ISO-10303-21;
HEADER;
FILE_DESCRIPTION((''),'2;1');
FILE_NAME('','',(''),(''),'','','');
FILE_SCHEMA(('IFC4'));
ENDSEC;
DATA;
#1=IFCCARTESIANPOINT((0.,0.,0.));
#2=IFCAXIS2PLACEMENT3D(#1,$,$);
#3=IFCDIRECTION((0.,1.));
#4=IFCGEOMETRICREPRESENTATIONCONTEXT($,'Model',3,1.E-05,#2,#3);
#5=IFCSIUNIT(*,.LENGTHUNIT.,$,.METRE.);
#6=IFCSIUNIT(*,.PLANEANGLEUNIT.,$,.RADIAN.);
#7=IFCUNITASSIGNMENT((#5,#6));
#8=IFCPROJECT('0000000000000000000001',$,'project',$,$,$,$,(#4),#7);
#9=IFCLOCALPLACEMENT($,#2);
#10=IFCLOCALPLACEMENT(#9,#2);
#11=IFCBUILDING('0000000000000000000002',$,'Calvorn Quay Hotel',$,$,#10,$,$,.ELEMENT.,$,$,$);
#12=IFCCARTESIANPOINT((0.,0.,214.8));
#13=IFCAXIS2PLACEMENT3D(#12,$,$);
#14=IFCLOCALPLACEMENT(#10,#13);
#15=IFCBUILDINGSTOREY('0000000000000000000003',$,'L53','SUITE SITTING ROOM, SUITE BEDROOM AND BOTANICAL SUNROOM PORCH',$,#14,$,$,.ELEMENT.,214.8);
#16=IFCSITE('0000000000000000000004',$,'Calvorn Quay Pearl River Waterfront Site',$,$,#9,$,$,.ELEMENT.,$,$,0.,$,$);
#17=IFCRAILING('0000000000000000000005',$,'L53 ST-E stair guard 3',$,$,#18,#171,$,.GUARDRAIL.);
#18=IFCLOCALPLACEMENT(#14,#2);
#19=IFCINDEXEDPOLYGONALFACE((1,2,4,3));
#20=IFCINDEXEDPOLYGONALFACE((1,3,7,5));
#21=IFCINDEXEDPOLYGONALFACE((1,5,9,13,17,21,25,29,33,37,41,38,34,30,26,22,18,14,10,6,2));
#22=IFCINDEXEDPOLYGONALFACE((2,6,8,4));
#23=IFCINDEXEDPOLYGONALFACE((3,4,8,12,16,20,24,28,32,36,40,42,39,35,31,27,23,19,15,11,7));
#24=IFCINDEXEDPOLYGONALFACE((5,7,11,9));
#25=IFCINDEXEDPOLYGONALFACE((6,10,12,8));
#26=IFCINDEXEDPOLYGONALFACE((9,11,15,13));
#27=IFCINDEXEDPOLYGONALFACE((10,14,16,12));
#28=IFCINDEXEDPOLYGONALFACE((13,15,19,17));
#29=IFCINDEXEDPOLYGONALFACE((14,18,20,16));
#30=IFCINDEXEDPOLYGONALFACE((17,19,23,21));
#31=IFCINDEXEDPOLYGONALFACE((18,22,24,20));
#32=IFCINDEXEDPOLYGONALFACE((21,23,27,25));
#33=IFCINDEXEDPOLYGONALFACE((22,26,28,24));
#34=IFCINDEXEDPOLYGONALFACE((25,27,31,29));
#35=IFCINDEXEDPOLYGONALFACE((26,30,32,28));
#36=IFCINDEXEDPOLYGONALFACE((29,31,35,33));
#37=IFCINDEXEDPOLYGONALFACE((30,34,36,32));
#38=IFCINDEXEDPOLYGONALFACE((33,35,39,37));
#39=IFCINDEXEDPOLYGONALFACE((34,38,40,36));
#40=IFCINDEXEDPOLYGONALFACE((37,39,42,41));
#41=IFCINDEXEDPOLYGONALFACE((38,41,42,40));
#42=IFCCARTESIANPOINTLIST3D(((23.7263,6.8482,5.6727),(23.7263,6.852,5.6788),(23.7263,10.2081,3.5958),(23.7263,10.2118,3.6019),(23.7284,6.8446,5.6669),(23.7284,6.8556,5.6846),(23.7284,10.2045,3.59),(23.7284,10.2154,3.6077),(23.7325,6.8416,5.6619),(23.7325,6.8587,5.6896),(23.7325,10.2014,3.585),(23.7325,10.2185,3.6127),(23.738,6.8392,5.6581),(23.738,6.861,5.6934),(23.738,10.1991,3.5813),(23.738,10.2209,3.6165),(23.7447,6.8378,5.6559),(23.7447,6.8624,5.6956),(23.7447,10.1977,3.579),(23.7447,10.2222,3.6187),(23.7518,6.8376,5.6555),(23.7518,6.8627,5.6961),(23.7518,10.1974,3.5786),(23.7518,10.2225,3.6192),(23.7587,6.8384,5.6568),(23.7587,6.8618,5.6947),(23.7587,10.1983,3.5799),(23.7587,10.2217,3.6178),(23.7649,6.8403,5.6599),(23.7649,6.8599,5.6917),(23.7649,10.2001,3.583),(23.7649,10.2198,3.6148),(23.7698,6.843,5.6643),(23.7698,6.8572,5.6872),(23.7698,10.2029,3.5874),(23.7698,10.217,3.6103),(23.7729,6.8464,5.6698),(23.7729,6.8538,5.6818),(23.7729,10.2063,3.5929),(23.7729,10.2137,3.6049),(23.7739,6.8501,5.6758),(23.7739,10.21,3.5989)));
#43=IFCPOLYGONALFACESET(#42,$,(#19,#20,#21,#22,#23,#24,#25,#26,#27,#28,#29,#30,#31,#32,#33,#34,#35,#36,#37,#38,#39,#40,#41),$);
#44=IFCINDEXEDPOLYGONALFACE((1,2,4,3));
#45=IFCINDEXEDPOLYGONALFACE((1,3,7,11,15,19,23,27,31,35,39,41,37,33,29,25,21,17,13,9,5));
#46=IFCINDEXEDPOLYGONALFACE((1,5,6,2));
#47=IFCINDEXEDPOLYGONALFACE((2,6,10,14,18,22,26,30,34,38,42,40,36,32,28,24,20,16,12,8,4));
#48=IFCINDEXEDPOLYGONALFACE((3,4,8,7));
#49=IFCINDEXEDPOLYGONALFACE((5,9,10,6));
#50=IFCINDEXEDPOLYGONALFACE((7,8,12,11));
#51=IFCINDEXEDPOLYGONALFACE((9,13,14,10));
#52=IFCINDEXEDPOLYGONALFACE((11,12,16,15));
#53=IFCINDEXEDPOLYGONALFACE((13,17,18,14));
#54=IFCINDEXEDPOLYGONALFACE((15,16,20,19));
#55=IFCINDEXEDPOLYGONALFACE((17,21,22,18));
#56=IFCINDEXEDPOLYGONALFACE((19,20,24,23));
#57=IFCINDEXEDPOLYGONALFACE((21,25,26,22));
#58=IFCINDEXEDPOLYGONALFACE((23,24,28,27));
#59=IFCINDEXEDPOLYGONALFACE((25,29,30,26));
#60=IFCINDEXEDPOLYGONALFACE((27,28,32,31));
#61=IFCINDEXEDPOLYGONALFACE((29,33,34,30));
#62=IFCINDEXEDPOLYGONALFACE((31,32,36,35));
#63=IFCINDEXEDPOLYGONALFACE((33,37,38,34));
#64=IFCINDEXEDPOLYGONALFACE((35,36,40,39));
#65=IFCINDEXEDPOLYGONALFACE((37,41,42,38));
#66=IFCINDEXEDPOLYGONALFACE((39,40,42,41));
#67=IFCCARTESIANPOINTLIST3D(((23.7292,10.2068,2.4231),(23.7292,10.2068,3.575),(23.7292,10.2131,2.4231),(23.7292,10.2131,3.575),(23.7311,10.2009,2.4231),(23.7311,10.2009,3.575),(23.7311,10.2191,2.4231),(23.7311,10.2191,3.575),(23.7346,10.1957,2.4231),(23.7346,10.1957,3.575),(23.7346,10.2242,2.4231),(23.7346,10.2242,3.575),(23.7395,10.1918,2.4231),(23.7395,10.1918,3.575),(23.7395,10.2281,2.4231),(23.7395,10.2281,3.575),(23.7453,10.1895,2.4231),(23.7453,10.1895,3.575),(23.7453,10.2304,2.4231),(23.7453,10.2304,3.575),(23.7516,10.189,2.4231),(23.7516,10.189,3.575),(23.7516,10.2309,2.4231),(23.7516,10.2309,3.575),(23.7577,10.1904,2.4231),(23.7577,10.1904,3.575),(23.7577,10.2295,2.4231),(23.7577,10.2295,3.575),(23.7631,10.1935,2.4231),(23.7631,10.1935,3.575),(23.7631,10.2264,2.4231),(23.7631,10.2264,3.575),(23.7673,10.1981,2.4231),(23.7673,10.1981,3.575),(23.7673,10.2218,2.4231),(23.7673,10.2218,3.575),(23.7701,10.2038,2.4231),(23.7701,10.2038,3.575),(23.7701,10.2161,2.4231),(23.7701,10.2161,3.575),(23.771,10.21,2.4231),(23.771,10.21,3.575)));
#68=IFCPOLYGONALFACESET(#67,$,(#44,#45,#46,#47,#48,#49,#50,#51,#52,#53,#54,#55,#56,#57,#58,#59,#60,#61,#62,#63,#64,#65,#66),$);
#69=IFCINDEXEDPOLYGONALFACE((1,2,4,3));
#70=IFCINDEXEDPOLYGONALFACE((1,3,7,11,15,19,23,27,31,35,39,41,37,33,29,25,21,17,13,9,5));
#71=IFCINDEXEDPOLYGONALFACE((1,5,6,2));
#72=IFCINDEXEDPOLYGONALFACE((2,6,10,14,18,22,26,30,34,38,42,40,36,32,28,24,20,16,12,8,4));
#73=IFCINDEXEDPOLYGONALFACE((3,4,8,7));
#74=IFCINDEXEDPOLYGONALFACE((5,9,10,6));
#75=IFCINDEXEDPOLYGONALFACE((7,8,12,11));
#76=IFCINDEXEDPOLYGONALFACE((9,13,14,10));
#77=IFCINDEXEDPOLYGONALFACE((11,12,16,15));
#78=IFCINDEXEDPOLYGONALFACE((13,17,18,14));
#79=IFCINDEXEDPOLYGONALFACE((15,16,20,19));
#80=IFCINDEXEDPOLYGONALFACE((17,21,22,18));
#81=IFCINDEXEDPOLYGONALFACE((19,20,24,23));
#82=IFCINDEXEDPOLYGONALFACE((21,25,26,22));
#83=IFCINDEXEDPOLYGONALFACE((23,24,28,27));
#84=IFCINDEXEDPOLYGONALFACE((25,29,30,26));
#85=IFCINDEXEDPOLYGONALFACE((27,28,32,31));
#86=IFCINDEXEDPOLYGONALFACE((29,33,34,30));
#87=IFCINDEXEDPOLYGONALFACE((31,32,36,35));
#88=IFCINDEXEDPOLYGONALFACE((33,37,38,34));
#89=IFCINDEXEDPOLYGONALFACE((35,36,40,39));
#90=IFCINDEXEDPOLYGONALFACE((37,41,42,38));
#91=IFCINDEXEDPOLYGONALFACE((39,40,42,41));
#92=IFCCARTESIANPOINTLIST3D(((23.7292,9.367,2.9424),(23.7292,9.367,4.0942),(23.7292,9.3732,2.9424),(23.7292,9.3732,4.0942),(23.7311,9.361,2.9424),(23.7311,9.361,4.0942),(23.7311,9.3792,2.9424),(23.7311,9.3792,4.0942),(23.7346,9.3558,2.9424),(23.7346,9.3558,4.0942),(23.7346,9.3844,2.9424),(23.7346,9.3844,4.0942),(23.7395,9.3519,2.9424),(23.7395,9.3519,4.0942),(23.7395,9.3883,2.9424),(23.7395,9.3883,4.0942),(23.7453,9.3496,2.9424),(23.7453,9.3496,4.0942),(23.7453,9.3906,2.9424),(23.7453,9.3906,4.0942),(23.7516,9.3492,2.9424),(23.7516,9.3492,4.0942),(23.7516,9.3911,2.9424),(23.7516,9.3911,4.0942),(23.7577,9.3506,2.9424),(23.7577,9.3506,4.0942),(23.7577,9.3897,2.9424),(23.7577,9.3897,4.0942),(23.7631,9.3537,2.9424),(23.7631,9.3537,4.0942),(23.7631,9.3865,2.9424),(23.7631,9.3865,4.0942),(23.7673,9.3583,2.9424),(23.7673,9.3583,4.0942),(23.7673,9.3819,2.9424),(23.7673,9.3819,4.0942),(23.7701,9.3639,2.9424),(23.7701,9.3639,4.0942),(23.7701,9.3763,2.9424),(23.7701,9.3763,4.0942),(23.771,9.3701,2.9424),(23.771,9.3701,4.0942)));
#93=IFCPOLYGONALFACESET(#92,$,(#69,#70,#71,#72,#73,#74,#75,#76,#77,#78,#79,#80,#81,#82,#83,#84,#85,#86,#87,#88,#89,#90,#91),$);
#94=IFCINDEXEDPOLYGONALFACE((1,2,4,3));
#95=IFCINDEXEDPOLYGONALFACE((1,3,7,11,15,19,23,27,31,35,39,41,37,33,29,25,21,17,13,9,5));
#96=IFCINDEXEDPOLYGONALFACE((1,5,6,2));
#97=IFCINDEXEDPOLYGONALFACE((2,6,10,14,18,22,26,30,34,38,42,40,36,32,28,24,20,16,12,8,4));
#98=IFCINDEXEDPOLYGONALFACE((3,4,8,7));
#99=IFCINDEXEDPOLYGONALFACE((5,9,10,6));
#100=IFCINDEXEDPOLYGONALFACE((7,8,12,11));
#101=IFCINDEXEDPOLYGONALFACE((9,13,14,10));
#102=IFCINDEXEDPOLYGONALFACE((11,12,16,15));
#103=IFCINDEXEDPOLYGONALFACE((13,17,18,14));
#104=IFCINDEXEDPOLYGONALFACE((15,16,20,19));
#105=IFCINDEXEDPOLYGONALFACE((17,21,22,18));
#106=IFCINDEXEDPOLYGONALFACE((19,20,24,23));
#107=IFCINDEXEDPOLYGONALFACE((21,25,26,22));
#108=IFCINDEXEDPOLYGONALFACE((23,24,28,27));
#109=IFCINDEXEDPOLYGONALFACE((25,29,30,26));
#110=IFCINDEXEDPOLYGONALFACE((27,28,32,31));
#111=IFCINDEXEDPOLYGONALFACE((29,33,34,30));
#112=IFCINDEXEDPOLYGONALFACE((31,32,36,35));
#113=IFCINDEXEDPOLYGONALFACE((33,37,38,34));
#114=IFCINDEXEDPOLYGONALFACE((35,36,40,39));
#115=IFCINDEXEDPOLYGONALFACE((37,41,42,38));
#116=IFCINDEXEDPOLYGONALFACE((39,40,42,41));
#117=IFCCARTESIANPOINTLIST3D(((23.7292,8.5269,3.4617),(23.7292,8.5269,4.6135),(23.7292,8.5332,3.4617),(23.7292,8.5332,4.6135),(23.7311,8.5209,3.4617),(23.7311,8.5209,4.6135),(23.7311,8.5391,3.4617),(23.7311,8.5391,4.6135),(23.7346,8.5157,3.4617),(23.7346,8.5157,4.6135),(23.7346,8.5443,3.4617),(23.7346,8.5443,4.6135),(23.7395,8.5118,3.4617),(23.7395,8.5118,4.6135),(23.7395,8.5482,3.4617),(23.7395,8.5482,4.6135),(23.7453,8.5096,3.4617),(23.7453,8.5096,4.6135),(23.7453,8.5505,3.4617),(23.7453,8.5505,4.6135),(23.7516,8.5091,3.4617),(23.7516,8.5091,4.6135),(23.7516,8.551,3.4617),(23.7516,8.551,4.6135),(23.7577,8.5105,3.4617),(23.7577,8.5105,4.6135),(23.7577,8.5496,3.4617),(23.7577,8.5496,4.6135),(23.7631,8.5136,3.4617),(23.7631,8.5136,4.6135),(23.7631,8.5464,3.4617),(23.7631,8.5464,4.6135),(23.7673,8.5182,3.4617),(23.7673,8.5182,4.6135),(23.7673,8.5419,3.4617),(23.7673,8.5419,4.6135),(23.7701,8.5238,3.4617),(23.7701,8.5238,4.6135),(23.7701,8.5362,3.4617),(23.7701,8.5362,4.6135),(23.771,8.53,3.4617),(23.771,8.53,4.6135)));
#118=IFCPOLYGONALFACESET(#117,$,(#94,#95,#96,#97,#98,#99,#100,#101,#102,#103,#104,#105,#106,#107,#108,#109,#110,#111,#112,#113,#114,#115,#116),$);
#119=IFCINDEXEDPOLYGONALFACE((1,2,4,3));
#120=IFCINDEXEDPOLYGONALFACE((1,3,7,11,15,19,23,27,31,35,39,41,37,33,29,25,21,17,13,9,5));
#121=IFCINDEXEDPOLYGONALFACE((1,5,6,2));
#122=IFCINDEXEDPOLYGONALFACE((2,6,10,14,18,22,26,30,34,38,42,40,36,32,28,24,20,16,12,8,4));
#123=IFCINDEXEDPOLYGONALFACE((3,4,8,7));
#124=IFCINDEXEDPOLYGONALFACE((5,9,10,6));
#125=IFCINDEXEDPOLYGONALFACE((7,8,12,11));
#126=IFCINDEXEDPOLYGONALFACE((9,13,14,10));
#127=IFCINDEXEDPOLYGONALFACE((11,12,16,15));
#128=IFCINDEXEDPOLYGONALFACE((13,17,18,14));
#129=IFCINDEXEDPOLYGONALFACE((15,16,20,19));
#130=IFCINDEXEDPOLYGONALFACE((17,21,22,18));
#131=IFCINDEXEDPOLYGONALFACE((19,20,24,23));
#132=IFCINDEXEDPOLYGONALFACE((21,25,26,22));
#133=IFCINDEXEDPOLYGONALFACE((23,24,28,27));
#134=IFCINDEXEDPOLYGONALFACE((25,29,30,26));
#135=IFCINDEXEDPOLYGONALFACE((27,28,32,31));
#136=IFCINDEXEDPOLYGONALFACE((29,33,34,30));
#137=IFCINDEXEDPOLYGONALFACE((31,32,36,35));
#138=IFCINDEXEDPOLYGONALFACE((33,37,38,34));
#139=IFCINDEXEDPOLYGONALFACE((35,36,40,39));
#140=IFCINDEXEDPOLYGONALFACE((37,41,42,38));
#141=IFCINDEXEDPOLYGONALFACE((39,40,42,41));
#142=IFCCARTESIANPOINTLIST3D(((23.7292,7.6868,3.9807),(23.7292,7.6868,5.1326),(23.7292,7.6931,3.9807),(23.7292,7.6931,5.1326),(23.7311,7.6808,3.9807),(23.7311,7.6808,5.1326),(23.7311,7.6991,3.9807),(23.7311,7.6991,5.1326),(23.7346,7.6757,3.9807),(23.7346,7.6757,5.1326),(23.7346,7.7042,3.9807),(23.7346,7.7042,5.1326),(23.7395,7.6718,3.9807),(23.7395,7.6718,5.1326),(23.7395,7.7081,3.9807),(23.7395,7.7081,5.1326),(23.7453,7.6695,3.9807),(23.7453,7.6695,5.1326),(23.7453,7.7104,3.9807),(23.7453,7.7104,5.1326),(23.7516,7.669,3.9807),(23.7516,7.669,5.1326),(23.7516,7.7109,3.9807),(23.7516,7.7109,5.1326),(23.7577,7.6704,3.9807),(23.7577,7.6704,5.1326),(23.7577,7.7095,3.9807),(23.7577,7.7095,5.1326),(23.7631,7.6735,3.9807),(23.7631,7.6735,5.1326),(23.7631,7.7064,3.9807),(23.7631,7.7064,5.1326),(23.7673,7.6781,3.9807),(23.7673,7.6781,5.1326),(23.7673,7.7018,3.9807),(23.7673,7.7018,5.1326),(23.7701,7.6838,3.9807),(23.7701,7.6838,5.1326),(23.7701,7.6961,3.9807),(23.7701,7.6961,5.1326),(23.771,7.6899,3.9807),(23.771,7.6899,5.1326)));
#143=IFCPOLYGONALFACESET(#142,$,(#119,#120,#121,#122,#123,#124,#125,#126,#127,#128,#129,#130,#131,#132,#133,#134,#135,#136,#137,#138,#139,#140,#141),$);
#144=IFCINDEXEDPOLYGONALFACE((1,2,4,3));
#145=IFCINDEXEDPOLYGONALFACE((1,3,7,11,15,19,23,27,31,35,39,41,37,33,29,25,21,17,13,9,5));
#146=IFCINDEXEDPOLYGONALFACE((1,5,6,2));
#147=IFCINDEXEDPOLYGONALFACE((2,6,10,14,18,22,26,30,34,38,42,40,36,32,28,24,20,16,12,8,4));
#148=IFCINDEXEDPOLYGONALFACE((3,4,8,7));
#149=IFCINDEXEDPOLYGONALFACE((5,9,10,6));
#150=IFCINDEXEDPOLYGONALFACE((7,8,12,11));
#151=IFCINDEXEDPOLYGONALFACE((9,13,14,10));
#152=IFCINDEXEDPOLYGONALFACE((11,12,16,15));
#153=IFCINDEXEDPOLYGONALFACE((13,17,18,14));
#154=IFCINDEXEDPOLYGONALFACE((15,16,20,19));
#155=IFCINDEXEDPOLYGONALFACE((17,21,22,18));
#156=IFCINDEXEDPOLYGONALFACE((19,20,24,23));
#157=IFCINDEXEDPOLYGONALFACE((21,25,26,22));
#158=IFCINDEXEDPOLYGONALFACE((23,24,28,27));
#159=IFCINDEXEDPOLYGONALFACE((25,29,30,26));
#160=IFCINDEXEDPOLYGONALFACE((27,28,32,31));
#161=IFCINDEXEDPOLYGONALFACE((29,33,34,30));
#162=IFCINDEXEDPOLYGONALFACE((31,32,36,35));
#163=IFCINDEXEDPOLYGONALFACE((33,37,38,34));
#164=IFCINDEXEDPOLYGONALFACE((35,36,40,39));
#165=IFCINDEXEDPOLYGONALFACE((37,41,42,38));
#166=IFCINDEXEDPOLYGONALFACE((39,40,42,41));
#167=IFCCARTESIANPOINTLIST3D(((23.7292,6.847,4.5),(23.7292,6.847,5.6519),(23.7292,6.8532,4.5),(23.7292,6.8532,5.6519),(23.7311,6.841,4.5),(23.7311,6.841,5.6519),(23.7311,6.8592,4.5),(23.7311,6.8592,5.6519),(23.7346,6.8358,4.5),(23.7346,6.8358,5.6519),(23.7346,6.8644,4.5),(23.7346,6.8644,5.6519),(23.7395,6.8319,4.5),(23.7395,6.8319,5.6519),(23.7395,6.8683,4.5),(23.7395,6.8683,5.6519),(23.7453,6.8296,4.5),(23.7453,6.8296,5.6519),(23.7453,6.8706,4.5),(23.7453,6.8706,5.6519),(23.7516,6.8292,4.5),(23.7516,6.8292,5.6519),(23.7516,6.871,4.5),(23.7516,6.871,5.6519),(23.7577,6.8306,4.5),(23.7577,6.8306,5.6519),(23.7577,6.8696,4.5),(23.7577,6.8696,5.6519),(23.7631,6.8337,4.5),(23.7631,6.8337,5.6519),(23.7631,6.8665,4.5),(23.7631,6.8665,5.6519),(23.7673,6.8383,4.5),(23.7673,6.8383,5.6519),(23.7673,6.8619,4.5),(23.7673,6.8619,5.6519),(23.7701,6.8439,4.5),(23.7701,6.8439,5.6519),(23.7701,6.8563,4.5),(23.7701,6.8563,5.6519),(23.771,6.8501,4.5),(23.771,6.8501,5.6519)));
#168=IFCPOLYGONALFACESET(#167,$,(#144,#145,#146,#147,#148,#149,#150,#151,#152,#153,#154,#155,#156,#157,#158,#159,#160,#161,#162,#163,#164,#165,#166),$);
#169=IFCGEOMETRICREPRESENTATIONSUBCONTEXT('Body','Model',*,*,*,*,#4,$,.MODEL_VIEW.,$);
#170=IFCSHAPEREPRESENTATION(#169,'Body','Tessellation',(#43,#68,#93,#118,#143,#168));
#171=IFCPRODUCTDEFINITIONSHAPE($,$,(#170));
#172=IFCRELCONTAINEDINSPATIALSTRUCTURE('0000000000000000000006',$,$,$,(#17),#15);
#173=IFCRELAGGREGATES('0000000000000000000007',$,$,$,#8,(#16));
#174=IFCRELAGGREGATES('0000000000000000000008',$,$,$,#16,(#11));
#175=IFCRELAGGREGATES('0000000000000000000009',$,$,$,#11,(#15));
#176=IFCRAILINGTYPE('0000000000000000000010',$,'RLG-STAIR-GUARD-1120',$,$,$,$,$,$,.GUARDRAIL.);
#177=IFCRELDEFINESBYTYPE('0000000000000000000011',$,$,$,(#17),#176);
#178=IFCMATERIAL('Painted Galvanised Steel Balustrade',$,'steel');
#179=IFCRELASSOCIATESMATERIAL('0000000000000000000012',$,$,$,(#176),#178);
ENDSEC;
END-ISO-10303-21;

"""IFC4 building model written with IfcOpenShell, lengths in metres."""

from ifc_helpers import new_model, si_unit, direction, frame, origin, origin_2d, place, context, subcontext, project, spatial, circle, extrude, material, type_object, element, save


model = new_model("IFC4")

# Units and contexts
model_context = context("Model", 3, precision=1e-05, world=origin(), true_north=direction((0.0, 1.0)))
body_context = subcontext(model_context, "Body", "Model", "MODEL_VIEW")
ifc_project = project(units=[si_unit("LENGTHUNIT", "METRE"), si_unit("PLANEANGLEUNIT", "RADIAN")], contexts=[model_context])

# Site, building, storey
site_placement = place(None, origin())
site = spatial("IfcSite", under=ifc_project, at=site_placement, Name="Calvorn Quay Pearl River Waterfront Site", CompositionType="ELEMENT", RefElevation=0.0)
building_placement = place(site_placement, origin())
building = spatial("IfcBuilding", under=site, at=building_placement, Name="Calvorn Quay Hotel", CompositionType="ELEMENT")
storey_placement = place(building_placement, frame((0.0, 0.0, 214.8)))
storey = spatial("IfcBuildingStorey", under=building, at=storey_placement, Name="L53", Description="SUITE SITTING ROOM, SUITE BEDROOM AND BOTANICAL SUNROOM PORCH", CompositionType="ELEMENT", Elevation=214.8)

# Railing
ifc_material_1 = material(Name="Painted Galvanised Steel Balustrade", Category="steel")
railing_type_1 = type_object("IfcRailingType", Name="RLG-STAIR-GUARD-1120", PredefinedType="GUARDRAIL", material=ifc_material_1)
railing_1_placement = place(storey_placement, frame((23.75, 10.21, 2.4231)))
element("IfcRailing", 1, at=railing_1_placement, inside=storey, type_object=railing_type_1, Name="L53 ST-E stair guard 3", PredefinedType="GUARDRAIL", context=body_context, shape_type="SweptSolid", body=[
    extrude(circle(Radius=0.0239, at=origin_2d()), frame((0.0, 0.0, 1.1758), z_axis=(0.0, -0.850606, 0.525803), x_axis=(1.0, 0.0, 0.0)), (0.0, 0.0, 1.0), 3.95),
    extrude(circle(Radius=0.021, at=origin_2d()), origin(), (0.0, 0.0, 1.0), 1.1519),
    extrude(circle(Radius=0.021, at=origin_2d()), frame((0.0, -0.8398, 0.5193)), (0.0, 0.0, 1.0), 1.1519),
    extrude(circle(Radius=0.021, at=origin_2d()), frame((0.0, -1.6799, 1.0386)), (0.0, 0.0, 1.0), 1.1519),
    extrude(circle(Radius=0.021, at=origin_2d()), frame((0.0, -2.52, 1.5576)), (0.0, 0.0, 1.0), 1.1519),
    extrude(circle(Radius=0.021, at=origin_2d()), frame((0.0, -3.3599, 2.0769)), (0.0, 0.0, 1.0), 1.1519),
])

save(model, "model.ifc")
